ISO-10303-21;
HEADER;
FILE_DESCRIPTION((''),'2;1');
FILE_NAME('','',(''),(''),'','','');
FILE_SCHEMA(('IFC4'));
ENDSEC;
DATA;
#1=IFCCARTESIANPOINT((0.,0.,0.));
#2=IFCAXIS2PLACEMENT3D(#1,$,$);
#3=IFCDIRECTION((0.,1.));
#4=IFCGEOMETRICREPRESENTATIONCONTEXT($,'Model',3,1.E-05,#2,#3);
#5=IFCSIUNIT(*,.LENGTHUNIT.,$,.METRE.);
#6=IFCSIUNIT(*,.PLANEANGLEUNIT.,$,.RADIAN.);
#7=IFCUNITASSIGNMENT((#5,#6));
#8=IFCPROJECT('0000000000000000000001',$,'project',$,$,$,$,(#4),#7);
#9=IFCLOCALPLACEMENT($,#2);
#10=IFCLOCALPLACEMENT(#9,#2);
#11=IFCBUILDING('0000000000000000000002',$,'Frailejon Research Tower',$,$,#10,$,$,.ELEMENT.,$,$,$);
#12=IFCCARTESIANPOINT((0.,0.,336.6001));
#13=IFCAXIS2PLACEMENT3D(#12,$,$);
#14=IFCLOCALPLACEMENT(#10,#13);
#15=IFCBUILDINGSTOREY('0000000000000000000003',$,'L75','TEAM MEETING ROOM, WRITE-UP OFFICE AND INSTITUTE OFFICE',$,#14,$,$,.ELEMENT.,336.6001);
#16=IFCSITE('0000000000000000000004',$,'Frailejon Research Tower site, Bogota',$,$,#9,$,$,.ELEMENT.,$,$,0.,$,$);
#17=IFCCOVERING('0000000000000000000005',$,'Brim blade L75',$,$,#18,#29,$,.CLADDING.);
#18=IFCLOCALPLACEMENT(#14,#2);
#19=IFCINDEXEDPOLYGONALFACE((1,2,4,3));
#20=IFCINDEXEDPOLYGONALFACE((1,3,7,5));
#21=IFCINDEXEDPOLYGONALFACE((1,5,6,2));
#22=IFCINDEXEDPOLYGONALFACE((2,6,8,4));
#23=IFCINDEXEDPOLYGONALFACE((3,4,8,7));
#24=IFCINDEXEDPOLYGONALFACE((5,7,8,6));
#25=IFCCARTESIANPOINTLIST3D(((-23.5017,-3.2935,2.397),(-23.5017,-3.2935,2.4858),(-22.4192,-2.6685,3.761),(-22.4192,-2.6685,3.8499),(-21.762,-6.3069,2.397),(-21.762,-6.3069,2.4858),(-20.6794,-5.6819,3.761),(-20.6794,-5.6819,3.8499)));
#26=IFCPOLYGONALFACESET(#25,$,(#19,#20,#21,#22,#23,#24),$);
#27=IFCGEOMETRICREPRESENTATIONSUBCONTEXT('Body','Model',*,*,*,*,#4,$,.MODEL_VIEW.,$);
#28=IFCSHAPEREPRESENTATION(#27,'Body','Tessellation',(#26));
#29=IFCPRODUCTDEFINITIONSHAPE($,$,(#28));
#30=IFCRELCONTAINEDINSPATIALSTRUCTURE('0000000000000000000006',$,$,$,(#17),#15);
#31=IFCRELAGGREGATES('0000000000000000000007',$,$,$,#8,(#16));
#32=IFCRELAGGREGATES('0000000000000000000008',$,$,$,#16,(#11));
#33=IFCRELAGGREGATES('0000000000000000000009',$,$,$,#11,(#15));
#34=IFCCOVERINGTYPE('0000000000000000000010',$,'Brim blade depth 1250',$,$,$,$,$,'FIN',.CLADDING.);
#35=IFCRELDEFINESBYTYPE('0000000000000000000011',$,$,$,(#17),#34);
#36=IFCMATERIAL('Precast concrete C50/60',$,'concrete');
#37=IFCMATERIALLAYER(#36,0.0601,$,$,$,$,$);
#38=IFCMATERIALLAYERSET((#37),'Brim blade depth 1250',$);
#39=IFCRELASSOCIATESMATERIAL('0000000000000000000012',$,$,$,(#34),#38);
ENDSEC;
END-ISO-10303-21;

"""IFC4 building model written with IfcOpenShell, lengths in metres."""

from ifc_helpers import new_model, si_unit, direction, frame, origin, place, context, subcontext, project, spatial, polyline, outline, extrude, material, layer, layer_set, type_object, element, save


model = new_model("IFC4")

# Units and contexts
model_context = context("Model", 3, precision=1e-05, world=origin(), true_north=direction((0.0, 1.0)))
body_context = subcontext(model_context, "Body", "Model", "MODEL_VIEW")
ifc_project = project(units=[si_unit("LENGTHUNIT", "METRE"), si_unit("PLANEANGLEUNIT", "RADIAN")], contexts=[model_context])

# Site, building, storey
site_placement = place(None, origin())
site = spatial("IfcSite", under=ifc_project, at=site_placement, Name="Frailejon Research Tower site, Bogota", CompositionType="ELEMENT", RefElevation=0.0)
building_placement = place(site_placement, origin())
building = spatial("IfcBuilding", under=site, at=building_placement, Name="Frailejon Research Tower", CompositionType="ELEMENT")
storey_placement = place(building_placement, frame((0.0, 0.0, 336.6001)))
storey = spatial("IfcBuildingStorey", under=building, at=storey_placement, Name="L75", Description="TEAM MEETING ROOM, WRITE-UP OFFICE AND INSTITUTE OFFICE", CompositionType="ELEMENT", Elevation=336.6001)

# Covering
ifc_material_1 = material(Name="Precast concrete C50/60", Category="concrete")
ifc_layer_1 = layer(ifc_material_1, 0.0601)
ifc_layer_set_1 = layer_set([ifc_layer_1], Name="Brim blade depth 1250")
covering_type_1 = type_object("IfcCoveringType", Name="Brim blade depth 1250", ElementType="FIN", PredefinedType="CLADDING", material=ifc_layer_set_1)
covering_1_placement = place(storey_placement, frame((-20.6794, -5.6819, 3.8499), z_axis=(-0.499994, 0.866029, 0.0), x_axis=(-0.866029, -0.499994, 0.0)))
element("IfcCovering", 1, at=covering_1_placement, inside=storey, type_object=covering_type_1, Name="Brim blade L75", PredefinedType="CLADDING", context=body_context, shape_type="SweptSolid", body=[
    extrude(outline(polyline([(0.0, -0.0889), (1.25, -1.4529), (1.25, -1.364), (0.0, 0.0), (0.0, -0.0889)])), origin(), (0.0, 0.0, 1.0), 3.4795),
])

save(model, "model.ifc")
